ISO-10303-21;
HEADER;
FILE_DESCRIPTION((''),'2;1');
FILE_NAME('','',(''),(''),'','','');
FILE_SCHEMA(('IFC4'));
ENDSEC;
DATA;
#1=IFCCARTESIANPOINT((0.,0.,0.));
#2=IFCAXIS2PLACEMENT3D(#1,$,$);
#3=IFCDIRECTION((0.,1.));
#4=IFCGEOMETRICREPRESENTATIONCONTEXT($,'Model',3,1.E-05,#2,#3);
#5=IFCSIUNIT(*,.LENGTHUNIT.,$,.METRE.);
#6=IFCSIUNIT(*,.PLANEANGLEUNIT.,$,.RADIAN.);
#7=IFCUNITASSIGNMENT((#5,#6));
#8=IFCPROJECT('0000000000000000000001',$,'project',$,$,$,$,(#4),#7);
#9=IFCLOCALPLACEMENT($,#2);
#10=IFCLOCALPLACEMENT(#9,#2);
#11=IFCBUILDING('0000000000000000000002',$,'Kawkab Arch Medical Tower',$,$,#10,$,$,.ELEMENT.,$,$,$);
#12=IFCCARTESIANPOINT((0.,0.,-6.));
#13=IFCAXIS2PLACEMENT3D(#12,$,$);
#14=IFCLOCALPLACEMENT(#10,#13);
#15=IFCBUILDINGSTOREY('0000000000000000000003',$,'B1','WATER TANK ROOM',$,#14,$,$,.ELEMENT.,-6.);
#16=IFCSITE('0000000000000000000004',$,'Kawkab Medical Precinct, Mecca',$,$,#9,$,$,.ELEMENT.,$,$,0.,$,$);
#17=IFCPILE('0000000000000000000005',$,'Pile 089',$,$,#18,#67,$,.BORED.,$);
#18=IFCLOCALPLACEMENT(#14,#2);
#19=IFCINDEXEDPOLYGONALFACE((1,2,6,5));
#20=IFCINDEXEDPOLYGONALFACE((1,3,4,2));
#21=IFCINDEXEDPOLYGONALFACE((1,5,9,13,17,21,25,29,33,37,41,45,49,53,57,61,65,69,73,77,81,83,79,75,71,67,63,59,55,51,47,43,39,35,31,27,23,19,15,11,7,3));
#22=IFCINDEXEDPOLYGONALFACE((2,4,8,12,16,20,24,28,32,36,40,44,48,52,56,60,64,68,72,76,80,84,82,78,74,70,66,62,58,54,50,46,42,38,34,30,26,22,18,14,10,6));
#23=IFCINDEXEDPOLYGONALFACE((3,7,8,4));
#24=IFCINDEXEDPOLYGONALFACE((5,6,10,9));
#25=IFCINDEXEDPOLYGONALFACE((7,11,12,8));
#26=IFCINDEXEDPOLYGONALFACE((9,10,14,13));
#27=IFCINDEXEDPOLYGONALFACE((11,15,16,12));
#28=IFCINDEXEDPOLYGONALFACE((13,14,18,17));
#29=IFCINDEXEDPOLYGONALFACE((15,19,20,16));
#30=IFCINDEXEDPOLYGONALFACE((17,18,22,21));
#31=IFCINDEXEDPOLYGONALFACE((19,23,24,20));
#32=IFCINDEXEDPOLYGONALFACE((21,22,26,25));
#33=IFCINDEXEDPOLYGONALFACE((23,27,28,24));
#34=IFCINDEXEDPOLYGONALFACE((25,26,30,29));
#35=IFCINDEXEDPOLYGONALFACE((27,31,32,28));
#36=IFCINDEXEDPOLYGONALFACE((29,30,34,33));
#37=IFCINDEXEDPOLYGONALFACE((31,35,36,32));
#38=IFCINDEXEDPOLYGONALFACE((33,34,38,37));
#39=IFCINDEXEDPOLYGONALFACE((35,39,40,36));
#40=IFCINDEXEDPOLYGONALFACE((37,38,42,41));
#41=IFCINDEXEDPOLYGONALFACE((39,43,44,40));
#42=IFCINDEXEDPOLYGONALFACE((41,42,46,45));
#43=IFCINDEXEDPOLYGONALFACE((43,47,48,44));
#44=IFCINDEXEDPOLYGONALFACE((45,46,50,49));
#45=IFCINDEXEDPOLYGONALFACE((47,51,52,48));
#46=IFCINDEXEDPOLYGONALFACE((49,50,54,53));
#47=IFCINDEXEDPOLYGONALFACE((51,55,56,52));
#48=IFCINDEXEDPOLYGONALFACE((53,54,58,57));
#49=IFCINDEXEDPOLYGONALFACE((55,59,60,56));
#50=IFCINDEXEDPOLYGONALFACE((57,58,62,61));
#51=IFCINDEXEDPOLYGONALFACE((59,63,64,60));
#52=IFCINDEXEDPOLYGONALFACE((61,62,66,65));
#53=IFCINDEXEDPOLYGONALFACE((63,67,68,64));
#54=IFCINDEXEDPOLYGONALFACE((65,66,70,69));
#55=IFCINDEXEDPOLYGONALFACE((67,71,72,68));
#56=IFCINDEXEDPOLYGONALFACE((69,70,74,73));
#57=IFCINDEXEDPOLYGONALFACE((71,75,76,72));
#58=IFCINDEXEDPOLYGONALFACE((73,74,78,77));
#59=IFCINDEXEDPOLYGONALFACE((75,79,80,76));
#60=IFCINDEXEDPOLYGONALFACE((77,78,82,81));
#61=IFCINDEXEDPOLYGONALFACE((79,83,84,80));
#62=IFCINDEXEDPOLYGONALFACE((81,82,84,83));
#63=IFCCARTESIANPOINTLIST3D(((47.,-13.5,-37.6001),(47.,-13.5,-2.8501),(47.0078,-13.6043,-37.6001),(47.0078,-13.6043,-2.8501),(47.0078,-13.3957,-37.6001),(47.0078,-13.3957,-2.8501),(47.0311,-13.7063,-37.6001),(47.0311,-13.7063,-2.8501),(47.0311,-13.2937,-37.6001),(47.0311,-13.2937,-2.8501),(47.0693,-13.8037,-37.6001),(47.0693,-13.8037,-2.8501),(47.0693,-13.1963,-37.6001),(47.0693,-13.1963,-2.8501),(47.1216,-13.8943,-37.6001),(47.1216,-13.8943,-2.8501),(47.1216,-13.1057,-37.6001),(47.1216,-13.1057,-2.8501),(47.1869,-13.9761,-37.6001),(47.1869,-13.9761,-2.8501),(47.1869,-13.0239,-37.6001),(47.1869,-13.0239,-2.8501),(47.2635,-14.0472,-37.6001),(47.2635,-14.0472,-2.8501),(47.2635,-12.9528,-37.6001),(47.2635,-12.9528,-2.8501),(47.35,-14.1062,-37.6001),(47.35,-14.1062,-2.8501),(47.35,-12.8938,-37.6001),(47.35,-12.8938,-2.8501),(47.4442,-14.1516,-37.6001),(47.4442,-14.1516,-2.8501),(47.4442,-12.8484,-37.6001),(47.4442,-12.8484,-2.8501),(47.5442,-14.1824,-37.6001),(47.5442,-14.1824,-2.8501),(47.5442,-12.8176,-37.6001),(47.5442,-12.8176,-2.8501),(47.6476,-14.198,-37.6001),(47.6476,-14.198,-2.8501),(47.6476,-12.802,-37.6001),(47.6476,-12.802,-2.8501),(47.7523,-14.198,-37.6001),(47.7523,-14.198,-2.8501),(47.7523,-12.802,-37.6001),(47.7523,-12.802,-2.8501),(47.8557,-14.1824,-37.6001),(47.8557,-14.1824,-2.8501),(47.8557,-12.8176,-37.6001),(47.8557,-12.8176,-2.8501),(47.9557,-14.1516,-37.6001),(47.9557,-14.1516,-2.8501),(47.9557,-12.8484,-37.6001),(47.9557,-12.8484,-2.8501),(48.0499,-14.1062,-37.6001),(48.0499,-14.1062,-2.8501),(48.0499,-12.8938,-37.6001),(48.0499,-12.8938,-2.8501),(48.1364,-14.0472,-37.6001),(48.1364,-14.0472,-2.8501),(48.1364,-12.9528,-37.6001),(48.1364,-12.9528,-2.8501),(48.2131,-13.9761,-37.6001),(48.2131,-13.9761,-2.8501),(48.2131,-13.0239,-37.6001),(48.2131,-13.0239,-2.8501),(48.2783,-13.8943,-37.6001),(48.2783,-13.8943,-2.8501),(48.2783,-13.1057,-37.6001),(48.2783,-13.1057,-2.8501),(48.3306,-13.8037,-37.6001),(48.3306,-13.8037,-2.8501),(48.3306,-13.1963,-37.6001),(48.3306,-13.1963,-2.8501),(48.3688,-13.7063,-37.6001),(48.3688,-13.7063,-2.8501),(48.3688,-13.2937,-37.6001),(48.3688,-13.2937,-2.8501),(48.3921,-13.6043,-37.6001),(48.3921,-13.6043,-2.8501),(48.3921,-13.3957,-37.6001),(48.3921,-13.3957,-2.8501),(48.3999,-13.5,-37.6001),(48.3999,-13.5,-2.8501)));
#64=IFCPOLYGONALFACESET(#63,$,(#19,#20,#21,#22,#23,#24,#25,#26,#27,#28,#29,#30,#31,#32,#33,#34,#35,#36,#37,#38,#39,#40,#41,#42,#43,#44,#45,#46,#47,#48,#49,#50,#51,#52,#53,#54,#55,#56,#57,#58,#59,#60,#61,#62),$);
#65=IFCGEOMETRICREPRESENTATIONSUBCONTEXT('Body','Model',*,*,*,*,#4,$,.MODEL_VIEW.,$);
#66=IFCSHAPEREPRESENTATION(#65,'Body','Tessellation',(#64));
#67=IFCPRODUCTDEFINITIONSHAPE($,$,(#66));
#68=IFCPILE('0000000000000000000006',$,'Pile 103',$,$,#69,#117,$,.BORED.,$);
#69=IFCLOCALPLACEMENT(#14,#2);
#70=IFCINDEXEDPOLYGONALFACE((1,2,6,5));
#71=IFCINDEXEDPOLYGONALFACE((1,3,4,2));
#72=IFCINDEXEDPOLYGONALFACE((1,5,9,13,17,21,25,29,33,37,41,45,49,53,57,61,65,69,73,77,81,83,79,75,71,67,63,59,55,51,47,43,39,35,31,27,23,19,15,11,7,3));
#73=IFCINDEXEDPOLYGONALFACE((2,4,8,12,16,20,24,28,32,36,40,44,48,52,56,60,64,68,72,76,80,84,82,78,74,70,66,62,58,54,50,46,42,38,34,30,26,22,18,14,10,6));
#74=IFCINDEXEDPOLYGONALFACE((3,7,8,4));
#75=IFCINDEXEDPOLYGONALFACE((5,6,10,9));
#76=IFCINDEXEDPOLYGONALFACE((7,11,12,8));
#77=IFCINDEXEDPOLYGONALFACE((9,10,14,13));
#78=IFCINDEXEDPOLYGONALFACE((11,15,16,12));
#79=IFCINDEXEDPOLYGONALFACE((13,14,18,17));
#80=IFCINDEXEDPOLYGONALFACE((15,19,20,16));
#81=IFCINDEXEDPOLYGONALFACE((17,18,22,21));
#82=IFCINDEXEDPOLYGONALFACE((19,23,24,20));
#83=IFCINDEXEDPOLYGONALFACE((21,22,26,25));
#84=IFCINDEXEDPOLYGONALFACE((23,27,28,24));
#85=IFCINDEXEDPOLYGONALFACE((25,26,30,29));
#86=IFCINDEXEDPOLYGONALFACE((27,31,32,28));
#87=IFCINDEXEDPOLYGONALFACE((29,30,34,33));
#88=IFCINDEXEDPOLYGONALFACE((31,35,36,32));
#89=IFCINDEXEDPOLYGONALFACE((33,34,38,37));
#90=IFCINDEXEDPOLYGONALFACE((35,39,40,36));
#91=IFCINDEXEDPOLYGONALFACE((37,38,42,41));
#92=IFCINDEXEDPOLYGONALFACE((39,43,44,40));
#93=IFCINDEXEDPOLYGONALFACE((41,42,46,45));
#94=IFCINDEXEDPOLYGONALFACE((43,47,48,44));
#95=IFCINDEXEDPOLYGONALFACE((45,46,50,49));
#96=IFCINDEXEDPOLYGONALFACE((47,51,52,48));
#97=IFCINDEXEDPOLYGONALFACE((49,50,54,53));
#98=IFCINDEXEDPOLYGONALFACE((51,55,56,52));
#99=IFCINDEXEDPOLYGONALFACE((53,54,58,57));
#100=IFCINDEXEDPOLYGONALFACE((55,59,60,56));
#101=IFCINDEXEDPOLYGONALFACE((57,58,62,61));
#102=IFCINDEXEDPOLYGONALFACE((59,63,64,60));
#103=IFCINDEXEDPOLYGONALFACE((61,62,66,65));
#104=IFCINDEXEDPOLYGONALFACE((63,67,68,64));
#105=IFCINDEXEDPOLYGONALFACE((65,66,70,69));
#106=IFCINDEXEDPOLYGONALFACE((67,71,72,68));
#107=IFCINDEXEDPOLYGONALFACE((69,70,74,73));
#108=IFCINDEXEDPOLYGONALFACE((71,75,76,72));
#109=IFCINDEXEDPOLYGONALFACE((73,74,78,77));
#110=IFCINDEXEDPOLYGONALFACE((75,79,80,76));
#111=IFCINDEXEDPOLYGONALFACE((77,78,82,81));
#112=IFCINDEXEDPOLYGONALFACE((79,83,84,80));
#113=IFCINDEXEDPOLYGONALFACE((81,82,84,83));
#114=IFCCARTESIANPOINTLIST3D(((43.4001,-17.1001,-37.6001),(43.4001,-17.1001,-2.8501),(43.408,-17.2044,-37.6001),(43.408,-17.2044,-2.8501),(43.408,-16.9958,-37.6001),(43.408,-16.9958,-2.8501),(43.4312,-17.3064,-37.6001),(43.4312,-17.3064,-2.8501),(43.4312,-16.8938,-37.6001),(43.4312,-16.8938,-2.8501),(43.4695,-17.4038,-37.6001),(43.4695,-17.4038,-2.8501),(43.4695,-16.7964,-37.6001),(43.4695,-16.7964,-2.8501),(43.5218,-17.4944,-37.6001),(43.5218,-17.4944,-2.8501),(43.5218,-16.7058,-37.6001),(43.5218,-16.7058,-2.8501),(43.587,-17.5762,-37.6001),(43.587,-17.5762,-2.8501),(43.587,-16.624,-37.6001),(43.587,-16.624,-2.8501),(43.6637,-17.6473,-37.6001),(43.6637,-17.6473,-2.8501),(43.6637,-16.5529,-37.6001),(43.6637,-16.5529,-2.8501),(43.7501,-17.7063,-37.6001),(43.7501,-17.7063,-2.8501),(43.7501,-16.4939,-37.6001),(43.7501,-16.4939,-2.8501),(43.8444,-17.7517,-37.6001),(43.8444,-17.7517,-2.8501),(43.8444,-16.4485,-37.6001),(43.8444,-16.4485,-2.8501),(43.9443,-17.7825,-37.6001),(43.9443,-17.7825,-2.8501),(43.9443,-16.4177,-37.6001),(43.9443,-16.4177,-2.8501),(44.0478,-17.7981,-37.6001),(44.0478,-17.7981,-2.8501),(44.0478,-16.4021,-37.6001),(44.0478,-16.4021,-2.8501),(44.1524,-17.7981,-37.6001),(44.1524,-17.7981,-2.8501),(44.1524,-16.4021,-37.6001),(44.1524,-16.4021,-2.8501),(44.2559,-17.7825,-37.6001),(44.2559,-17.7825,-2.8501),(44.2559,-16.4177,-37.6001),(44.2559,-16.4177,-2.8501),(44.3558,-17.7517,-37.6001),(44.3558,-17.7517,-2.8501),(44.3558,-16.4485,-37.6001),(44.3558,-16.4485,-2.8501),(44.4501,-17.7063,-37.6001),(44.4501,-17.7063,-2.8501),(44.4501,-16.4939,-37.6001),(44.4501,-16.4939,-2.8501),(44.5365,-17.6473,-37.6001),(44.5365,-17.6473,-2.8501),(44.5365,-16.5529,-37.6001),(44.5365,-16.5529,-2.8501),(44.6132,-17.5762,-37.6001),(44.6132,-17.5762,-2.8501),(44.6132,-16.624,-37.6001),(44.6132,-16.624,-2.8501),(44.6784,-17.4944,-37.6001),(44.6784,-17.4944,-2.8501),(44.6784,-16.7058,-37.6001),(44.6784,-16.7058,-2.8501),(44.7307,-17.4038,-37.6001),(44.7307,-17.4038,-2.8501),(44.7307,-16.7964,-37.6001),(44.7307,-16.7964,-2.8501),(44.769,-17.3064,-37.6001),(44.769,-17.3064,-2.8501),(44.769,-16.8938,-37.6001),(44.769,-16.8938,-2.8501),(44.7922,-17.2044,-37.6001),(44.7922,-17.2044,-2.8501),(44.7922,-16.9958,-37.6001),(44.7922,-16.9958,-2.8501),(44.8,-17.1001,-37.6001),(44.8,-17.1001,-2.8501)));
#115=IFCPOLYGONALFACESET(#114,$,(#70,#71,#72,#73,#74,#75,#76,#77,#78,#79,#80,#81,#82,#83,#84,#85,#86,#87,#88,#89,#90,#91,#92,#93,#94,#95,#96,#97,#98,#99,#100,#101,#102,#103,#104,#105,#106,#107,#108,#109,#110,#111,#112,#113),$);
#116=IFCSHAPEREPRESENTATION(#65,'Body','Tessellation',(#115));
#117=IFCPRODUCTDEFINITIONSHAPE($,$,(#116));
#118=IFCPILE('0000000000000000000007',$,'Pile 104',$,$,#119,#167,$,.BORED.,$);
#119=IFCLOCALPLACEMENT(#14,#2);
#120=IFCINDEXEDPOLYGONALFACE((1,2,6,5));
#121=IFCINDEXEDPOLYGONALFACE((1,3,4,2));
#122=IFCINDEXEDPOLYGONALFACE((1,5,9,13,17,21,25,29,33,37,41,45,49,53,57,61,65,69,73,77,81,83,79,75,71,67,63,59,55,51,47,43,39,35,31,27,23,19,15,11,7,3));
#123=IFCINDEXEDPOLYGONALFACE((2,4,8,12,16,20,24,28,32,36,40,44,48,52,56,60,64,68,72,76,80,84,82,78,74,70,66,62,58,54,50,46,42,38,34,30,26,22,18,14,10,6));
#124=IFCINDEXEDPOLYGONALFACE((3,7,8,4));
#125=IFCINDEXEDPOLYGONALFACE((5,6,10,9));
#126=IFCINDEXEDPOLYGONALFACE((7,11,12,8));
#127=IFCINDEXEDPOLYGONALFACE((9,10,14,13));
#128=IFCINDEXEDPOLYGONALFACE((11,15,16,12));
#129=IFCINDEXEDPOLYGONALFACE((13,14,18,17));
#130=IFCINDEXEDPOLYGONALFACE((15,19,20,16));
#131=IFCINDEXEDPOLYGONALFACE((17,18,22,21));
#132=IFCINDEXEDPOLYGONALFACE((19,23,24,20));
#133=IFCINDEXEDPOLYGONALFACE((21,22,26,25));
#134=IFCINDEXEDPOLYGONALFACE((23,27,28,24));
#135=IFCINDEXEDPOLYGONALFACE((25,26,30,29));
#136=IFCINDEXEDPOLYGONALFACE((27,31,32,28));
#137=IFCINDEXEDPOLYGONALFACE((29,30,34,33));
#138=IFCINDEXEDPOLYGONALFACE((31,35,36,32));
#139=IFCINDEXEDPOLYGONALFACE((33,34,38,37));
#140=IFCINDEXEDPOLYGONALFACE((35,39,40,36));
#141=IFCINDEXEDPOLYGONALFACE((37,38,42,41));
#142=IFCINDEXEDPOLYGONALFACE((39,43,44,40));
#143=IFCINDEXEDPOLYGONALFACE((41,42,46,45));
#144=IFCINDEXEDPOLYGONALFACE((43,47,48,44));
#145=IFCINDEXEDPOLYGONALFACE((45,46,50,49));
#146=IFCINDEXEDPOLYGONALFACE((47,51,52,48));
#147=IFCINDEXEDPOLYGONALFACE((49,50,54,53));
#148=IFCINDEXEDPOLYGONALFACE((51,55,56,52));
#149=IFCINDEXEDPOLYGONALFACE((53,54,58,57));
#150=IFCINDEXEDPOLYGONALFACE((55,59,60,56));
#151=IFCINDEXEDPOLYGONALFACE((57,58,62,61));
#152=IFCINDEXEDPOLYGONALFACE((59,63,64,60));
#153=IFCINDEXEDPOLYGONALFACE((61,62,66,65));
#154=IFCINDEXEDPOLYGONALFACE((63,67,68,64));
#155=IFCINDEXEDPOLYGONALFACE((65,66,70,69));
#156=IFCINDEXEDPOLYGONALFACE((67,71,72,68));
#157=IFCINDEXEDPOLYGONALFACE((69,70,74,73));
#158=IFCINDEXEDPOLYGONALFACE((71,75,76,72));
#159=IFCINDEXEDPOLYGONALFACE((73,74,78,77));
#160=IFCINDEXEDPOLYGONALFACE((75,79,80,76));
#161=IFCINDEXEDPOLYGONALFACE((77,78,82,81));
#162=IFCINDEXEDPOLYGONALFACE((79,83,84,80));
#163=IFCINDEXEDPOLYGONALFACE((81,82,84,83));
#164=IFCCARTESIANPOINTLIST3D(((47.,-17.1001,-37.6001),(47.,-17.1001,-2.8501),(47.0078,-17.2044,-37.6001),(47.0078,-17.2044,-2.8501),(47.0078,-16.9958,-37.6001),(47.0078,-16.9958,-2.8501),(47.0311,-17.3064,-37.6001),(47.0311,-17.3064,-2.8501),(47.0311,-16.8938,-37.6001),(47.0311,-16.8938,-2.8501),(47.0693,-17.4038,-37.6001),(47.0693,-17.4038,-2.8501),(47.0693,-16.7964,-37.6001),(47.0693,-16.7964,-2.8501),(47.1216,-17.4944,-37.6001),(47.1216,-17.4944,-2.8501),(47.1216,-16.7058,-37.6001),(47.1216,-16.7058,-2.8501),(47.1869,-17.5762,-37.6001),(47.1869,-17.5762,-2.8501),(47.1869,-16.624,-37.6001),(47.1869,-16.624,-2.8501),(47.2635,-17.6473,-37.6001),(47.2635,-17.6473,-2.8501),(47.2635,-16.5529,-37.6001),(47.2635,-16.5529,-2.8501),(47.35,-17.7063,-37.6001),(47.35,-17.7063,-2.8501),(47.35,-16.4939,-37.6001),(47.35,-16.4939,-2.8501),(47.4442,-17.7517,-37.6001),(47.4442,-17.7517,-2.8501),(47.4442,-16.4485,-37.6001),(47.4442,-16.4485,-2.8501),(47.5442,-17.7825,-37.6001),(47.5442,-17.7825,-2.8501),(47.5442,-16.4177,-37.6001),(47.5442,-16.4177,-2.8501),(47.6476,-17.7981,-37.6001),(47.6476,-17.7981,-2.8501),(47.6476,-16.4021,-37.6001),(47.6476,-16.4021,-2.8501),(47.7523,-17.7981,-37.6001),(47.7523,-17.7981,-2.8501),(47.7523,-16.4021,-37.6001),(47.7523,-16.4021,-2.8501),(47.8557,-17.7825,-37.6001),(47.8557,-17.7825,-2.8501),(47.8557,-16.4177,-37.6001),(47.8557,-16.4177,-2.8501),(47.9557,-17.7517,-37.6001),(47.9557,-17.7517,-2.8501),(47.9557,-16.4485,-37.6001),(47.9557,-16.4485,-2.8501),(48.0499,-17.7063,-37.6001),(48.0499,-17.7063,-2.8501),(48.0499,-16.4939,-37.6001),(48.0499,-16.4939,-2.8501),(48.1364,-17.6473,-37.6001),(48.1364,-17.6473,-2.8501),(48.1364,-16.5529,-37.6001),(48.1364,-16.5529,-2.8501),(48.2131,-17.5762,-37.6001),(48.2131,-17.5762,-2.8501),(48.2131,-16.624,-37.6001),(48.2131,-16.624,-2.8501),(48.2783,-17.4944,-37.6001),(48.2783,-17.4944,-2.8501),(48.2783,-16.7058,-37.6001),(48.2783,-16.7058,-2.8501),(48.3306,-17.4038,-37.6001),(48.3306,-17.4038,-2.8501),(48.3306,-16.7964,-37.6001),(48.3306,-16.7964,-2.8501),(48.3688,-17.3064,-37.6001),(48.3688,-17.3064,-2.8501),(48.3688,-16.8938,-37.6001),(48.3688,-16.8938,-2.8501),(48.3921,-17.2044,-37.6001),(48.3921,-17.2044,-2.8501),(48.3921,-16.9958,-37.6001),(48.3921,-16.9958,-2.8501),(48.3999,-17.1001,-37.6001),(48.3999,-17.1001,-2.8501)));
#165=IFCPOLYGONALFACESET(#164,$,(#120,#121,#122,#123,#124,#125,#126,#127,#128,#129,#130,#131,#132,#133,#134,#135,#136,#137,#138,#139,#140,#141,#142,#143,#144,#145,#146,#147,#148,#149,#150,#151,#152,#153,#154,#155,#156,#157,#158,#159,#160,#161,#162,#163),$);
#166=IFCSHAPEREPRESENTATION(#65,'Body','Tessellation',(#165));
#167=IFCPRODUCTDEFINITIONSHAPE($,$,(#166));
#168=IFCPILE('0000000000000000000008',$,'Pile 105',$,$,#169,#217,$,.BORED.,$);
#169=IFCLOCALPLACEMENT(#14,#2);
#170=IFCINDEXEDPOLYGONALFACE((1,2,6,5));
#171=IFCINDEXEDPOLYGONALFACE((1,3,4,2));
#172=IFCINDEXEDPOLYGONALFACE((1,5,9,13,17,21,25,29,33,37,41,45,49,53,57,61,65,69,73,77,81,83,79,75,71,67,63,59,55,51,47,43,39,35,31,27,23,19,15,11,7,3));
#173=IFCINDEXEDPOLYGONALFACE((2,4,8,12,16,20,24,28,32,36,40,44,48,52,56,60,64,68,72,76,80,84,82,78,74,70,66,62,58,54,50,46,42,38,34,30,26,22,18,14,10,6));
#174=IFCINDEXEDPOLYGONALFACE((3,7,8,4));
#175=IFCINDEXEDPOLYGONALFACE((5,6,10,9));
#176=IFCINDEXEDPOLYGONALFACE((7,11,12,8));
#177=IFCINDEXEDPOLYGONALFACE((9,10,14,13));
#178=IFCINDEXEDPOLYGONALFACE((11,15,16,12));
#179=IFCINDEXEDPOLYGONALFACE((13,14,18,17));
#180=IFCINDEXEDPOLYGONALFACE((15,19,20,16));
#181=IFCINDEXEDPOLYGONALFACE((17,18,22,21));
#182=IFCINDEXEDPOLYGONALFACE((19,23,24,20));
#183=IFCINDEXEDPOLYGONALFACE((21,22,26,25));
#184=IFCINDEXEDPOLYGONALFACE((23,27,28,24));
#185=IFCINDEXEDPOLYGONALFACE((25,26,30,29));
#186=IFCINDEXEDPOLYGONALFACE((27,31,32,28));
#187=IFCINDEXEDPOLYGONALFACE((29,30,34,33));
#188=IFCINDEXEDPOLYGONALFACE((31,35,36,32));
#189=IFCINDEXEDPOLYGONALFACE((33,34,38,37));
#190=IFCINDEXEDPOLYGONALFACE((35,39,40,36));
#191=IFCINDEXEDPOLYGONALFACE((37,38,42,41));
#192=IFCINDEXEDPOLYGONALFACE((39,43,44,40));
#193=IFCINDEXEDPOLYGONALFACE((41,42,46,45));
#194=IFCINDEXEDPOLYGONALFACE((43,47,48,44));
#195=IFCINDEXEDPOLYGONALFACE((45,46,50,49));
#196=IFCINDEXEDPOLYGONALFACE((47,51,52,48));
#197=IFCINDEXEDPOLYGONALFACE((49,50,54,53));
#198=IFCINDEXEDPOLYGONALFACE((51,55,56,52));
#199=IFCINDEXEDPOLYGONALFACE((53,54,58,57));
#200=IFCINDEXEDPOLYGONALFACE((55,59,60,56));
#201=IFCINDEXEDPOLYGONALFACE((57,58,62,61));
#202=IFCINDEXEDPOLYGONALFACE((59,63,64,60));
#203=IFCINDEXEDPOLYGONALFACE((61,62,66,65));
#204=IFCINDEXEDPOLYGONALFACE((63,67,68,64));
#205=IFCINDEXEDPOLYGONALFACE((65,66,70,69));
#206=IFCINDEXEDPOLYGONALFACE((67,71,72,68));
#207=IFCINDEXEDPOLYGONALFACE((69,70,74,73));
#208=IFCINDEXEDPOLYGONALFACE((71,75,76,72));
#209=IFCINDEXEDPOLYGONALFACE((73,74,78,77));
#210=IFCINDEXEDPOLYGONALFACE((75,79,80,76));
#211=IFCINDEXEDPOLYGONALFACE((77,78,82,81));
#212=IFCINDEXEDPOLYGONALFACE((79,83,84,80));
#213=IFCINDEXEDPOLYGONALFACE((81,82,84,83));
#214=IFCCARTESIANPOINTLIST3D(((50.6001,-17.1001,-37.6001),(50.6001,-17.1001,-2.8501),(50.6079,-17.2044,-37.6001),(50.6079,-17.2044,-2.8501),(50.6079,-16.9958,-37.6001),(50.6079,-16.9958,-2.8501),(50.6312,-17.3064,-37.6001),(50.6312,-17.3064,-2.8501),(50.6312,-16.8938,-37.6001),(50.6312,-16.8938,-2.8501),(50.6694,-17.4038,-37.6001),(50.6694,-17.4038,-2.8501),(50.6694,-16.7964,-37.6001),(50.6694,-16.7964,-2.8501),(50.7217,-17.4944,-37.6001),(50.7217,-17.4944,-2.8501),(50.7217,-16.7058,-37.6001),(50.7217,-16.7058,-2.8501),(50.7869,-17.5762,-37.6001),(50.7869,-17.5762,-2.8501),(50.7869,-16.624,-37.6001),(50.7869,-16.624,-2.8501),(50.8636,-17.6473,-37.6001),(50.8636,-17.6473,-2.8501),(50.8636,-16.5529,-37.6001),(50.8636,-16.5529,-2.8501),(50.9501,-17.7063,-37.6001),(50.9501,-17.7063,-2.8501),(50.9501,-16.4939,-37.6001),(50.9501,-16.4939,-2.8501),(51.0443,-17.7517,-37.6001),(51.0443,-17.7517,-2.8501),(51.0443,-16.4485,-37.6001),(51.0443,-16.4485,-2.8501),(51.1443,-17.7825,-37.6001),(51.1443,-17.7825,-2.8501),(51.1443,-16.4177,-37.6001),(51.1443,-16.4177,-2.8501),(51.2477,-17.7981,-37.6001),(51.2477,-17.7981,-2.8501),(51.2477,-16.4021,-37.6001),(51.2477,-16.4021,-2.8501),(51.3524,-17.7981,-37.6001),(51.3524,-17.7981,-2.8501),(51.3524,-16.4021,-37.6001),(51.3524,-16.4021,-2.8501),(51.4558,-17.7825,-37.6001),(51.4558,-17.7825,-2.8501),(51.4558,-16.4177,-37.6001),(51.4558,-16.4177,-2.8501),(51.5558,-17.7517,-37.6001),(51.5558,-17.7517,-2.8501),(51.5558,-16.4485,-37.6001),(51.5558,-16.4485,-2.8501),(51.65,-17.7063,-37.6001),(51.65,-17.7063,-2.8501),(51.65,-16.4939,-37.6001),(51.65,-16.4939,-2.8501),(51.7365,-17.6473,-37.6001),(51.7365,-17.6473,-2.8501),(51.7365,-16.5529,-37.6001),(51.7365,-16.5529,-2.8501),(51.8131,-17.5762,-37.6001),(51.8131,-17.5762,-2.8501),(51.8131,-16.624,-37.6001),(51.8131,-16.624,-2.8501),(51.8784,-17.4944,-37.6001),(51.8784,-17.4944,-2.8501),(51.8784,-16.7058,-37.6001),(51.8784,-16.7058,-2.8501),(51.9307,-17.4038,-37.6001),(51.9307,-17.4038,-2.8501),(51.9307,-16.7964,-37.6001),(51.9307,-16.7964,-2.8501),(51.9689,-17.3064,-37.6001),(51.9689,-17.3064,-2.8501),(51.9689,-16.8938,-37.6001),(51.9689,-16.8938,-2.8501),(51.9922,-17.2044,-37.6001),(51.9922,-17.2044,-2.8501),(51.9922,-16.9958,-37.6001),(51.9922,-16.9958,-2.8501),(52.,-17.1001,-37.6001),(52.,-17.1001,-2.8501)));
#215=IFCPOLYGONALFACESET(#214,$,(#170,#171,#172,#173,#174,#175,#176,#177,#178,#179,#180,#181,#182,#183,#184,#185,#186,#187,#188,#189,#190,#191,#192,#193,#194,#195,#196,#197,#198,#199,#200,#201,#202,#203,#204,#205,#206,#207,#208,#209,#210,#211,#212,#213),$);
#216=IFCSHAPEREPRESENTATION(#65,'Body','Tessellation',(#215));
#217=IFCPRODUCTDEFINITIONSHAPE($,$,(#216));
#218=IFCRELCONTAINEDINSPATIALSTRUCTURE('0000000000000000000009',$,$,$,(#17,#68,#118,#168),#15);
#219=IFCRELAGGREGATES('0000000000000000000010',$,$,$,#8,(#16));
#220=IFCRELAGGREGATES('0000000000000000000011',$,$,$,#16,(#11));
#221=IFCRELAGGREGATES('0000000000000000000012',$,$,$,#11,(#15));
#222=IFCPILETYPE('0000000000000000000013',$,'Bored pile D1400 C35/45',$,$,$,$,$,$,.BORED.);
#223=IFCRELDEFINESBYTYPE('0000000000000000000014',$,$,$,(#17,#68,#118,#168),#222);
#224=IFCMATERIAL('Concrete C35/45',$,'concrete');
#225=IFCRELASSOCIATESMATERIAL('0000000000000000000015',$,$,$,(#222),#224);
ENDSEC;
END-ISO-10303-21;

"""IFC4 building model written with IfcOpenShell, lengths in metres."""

from ifc_helpers import new_model, si_unit, direction, frame, origin, origin_2d, place, context, subcontext, project, spatial, circle, extrude, material, material_profile, profile_set, type_object, element, save


model = new_model("IFC4")

# Units and contexts
model_context = context("Model", 3, precision=1e-05, world=origin(), true_north=direction((0.0, 1.0)))
body_context = subcontext(model_context, "Body", "Model", "MODEL_VIEW")
ifc_project = project(units=[si_unit("LENGTHUNIT", "METRE"), si_unit("PLANEANGLEUNIT", "RADIAN")], contexts=[model_context])

# Site, building, storey
site_placement = place(None, origin())
site = spatial("IfcSite", under=ifc_project, at=site_placement, Name="Kawkab Medical Precinct, Mecca", CompositionType="ELEMENT", RefElevation=0.0)
building_placement = place(site_placement, origin())
building = spatial("IfcBuilding", under=site, at=building_placement, Name="Kawkab Arch Medical Tower", CompositionType="ELEMENT")
storey_placement = place(building_placement, frame((0.0, 0.0, -6.0)))
storey = spatial("IfcBuildingStorey", under=building, at=storey_placement, Name="B1", Description="WATER TANK ROOM", CompositionType="ELEMENT", Elevation=-6.0)

# Piles
ifc_material_1 = material(Name="Concrete C35/45", Category="concrete")
ifc_material_profile_1 = material_profile(ifc_material_1, circle(Radius=0.7, at=origin_2d()), Name="Bored pile D1400")
ifc_profile_set_1 = profile_set([ifc_material_profile_1], Name="Concrete C35/45")
pile_type = type_object("IfcPileType", Name="Bored pile D1400 C35/45", PredefinedType="BORED", material=ifc_profile_set_1)
for number, where, z_axis, x_axis, name in (
    (1, (47.7, -13.5, -2.8501), (0.0, 0.0, -1.0), (1.0, 0.0, 0.0), "Pile 089"),
    (2, (44.1001, -17.1001, -2.8501), (0.0, 0.0, -1.0), (1.0, 0.0, 0.0), "Pile 103"),
    (3, (47.7, -17.1001, -2.8501), (0.0, 0.0, -1.0), (1.0, 0.0, 0.0), "Pile 104"),
    (4, (51.3, -17.1001, -2.8501), (0.0, 0.0, -1.0), (1.0, 0.0, 0.0), "Pile 105"),
):
    element("IfcPile", number, at=place(storey_placement, frame(where, z_axis=z_axis, x_axis=x_axis)), inside=storey, type_object=pile_type, Name=name, PredefinedType="BORED", context=body_context, shape_type="SweptSolid", body=[
        extrude(circle(Radius=0.7, at=origin_2d()), origin(), (0.0, 0.0, 1.0), 34.75),
    ])

save(model, "model.ifc")
